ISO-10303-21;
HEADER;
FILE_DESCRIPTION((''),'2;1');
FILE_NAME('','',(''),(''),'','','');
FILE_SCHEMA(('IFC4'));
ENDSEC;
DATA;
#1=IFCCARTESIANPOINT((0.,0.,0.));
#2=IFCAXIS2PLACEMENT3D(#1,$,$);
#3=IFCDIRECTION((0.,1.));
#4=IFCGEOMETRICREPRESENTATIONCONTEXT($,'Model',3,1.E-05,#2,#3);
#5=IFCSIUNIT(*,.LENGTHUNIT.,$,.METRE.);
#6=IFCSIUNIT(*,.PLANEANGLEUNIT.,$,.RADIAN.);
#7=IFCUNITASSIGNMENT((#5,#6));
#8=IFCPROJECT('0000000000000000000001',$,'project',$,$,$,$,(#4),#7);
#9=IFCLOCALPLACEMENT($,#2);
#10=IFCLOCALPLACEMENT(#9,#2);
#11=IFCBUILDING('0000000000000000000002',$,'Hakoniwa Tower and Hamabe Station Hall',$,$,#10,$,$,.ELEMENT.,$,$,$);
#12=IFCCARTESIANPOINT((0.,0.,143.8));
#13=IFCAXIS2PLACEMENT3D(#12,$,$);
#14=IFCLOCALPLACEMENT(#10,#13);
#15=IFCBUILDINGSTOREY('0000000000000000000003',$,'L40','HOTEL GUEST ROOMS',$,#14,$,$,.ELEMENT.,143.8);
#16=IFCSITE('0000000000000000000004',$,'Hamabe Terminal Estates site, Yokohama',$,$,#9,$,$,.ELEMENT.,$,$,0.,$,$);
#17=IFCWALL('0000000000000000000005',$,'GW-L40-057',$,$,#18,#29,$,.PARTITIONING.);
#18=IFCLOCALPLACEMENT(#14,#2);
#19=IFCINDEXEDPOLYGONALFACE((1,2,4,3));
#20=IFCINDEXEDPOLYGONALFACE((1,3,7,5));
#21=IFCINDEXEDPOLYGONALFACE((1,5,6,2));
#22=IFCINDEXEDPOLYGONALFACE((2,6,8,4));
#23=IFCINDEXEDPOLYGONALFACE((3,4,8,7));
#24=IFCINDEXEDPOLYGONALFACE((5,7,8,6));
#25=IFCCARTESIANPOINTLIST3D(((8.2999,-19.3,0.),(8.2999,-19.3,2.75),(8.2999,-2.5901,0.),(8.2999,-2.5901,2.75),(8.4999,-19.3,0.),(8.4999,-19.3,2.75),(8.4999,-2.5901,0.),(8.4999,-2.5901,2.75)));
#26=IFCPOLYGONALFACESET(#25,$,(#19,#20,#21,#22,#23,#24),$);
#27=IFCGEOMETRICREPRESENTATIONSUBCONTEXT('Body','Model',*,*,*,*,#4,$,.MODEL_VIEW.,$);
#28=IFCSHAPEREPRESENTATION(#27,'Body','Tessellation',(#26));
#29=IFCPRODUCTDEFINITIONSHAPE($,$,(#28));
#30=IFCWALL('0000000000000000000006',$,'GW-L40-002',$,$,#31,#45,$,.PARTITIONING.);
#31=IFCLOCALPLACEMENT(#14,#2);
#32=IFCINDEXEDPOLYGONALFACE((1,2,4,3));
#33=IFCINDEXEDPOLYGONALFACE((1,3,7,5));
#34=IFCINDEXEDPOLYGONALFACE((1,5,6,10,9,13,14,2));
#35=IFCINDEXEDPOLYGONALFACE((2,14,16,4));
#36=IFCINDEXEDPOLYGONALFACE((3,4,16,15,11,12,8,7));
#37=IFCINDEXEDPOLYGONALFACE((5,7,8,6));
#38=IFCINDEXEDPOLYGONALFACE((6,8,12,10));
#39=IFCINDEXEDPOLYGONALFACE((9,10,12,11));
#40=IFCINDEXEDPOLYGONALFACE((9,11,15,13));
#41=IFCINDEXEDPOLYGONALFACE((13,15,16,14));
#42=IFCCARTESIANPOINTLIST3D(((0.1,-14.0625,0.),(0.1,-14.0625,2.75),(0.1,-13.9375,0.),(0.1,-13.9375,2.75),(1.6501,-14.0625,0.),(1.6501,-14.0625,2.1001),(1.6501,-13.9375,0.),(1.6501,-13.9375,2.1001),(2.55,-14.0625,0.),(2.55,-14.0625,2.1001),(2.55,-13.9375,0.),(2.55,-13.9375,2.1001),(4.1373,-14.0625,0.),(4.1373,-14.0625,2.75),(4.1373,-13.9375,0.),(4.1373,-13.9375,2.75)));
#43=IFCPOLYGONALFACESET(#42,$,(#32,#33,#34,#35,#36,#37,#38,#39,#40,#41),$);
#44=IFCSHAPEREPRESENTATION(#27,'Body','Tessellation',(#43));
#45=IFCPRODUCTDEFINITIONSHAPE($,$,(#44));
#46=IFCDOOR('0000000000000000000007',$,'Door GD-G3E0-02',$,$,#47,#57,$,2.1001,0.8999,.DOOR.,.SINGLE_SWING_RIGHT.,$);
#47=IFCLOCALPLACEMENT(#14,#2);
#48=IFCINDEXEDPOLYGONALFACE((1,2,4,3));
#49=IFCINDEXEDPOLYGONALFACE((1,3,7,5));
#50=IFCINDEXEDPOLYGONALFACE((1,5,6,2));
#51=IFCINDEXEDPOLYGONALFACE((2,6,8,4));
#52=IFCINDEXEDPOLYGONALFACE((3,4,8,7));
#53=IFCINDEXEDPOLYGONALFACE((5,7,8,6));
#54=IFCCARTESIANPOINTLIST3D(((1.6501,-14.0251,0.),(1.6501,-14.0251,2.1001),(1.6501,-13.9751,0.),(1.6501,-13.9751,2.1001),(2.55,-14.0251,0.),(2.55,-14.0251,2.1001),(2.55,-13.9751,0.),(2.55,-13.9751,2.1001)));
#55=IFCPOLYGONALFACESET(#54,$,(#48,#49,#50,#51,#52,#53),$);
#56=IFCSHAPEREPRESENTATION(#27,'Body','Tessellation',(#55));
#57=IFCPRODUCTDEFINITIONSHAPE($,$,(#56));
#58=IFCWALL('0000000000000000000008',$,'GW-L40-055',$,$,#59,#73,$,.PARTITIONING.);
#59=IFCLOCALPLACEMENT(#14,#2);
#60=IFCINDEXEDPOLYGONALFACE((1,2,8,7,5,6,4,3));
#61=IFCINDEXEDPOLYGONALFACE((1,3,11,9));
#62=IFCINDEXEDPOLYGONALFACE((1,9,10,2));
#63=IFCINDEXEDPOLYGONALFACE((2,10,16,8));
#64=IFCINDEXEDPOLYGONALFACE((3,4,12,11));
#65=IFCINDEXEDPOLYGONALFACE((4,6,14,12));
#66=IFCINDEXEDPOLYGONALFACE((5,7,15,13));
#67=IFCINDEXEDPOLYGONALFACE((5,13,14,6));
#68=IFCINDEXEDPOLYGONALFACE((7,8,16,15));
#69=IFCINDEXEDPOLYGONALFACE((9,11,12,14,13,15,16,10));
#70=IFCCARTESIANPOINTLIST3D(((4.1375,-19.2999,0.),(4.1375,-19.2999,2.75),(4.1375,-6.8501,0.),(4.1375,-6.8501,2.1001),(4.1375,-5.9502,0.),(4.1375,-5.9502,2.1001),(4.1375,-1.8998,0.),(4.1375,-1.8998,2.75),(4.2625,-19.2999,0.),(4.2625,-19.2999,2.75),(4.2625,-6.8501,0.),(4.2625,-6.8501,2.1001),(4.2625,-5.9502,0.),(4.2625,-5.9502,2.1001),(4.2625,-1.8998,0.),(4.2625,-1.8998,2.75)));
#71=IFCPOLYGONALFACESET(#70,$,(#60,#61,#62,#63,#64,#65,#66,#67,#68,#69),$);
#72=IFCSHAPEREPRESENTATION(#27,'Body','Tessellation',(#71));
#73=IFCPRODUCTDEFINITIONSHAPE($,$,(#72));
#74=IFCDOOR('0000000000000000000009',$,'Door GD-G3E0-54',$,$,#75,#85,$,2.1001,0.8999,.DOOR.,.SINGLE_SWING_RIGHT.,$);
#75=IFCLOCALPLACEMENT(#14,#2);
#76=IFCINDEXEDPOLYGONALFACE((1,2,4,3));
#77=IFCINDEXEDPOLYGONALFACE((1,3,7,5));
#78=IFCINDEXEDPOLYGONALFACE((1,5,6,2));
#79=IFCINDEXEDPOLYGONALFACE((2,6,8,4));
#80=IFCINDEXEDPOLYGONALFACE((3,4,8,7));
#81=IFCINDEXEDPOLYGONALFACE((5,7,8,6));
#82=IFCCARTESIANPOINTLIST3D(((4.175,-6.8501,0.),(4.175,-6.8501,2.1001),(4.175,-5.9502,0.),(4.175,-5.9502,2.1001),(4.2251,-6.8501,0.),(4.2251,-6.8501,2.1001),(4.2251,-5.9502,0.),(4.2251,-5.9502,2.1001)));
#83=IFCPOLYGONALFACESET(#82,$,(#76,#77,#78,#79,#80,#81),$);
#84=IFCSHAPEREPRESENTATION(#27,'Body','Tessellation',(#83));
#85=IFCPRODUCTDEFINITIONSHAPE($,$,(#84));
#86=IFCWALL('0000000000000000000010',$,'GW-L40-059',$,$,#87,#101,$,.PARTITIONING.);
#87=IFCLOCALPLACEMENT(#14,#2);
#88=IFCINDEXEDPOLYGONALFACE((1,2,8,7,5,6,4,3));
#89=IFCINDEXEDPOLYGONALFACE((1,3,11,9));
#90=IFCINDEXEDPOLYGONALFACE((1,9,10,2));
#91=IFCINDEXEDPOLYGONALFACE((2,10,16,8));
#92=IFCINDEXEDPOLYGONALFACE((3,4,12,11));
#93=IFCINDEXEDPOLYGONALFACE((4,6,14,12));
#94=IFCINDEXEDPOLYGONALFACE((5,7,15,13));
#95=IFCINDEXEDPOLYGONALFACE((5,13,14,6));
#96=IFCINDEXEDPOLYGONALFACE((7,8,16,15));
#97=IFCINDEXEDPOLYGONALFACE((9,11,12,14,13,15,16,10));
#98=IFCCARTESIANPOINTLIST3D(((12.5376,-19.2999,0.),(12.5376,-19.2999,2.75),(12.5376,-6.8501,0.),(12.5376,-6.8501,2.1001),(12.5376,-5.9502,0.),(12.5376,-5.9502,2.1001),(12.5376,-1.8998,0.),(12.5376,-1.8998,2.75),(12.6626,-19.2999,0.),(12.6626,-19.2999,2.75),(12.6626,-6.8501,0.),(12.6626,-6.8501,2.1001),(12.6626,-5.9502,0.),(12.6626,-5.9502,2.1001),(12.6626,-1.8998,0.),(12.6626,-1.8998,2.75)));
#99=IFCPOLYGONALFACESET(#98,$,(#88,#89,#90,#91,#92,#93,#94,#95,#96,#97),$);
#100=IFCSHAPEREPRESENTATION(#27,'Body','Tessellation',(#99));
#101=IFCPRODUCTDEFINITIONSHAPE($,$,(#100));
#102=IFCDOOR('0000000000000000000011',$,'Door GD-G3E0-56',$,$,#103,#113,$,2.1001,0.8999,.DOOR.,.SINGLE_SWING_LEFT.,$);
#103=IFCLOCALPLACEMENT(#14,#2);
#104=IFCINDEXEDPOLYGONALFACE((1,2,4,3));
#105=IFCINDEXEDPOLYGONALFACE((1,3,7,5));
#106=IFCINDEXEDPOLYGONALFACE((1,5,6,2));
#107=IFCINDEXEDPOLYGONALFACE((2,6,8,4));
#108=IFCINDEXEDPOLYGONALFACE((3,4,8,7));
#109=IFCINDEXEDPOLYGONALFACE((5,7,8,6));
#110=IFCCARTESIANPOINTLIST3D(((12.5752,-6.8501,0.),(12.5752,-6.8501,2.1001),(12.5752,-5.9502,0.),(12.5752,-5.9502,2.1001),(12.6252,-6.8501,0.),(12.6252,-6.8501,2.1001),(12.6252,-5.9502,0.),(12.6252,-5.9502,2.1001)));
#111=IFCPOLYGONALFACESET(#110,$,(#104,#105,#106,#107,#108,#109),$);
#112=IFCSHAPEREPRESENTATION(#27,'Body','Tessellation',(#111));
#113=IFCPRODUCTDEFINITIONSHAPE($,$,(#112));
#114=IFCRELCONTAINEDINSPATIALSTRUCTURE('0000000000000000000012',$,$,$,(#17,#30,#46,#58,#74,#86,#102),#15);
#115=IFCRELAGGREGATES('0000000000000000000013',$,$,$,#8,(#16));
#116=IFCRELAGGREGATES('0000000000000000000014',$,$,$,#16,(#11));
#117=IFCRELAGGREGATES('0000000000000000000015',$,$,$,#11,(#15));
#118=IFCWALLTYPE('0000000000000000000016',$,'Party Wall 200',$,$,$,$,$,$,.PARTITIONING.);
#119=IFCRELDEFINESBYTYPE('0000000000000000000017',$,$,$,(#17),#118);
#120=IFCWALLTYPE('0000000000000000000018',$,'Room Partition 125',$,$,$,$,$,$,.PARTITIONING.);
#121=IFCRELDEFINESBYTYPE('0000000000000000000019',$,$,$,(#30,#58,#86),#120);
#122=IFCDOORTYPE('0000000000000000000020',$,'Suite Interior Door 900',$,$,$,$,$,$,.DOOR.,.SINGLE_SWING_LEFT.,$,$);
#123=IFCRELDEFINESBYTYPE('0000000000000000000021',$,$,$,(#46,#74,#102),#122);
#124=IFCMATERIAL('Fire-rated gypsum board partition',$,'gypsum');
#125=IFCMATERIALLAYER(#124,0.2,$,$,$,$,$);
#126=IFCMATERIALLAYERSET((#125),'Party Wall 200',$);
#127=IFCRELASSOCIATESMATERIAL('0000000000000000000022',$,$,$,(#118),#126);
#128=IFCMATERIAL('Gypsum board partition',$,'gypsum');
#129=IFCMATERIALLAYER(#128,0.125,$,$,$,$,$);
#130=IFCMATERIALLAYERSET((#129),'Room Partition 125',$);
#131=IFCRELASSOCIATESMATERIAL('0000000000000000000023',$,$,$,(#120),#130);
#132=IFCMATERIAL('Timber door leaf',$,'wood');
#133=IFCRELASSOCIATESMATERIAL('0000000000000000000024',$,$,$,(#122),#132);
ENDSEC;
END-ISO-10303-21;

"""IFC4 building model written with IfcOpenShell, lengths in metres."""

from ifc_helpers import new_model, si_unit, direction, frame, frame_2d, origin, place, context, subcontext, project, spatial, rectangle, extrude, material, layer, layer_set, type_object, element, fill, save


model = new_model("IFC4")

# Units and contexts
model_context = context("Model", 3, precision=1e-05, world=origin(), true_north=direction((0.0, 1.0)))
body_context = subcontext(model_context, "Body", "Model", "MODEL_VIEW")
ifc_project = project(units=[si_unit("LENGTHUNIT", "METRE"), si_unit("PLANEANGLEUNIT", "RADIAN")], contexts=[model_context])

# Site, building, storey
site_placement = place(None, origin())
site = spatial("IfcSite", under=ifc_project, at=site_placement, Name="Hamabe Terminal Estates site, Yokohama", CompositionType="ELEMENT", RefElevation=0.0)
building_placement = place(site_placement, origin())
building = spatial("IfcBuilding", under=site, at=building_placement, Name="Hakoniwa Tower and Hamabe Station Hall", CompositionType="ELEMENT")
storey_placement = place(building_placement, frame((0.0, 0.0, 143.8)))
storey = spatial("IfcBuildingStorey", under=building, at=storey_placement, Name="L40", Description="HOTEL GUEST ROOMS", CompositionType="ELEMENT", Elevation=143.8)

# Wall
ifc_material_1 = material(Name="Fire-rated gypsum board partition", Category="gypsum")
ifc_layer_1 = layer(ifc_material_1, 0.2)
ifc_layer_set_1 = layer_set([ifc_layer_1], Name="Party Wall 200")
wall_type_1 = type_object("IfcWallType", Name="Party Wall 200", PredefinedType="PARTITIONING", material=ifc_layer_set_1)
for number, where, z_axis, x_axis, name in (
    (1, (8.3999, -19.3, 0.0), (0.0, 0.0, 1.0), (0.0, 1.0, 0.0), "GW-L40-057"),
):
    element("IfcWall", number, at=place(storey_placement, frame(where, z_axis=z_axis, x_axis=x_axis)), inside=storey, type_object=wall_type_1, Name=name, PredefinedType="PARTITIONING", context=body_context, shape_type="SweptSolid", body=[
        extrude(rectangle(XDim=16.71, YDim=0.2, at=frame_2d((8.355, 0.0))), origin(), (0.0, 0.0, 1.0), 2.75),
    ])

# Walls, openings, doors
ifc_material_2 = material(Name="Gypsum board partition", Category="gypsum")
ifc_layer_2 = layer(ifc_material_2, 0.125)
ifc_layer_set_2 = layer_set([ifc_layer_2], Name="Room Partition 125")
wall_type_2 = type_object("IfcWallType", Name="Room Partition 125", PredefinedType="PARTITIONING", material=ifc_layer_set_2)
wall_1_placement = place(storey_placement, frame((0.1001, -14.0, 0.0), z_axis=(0.0, 0.0, 1.0), x_axis=(1.0, 0.0, 0.0)))
wall_1 = element("IfcWall", 2, at=wall_1_placement, inside=storey, type_object=wall_type_2, Name="GW-L40-002", PredefinedType="PARTITIONING", context=body_context, shape_type="SweptSolid", body=[
    extrude(rectangle(XDim=4.0374, YDim=0.125, at=frame_2d((2.0186, 0.0))), origin(), (0.0, 0.0, 1.0), 2.75),
])
opening_1_placement = place(wall_1_placement, frame((1.55, 0.0, 0.0)))
opening_1 = element("IfcOpeningElement", 3, at=opening_1_placement, cuts=wall_1, PredefinedType="OPENING", context=body_context, shape_type="SweptSolid", body=[
    extrude(rectangle(XDim=0.8999, YDim=2.1001, at=frame_2d((0.45, 1.05))), frame((0.0, 0.0725, 0.0), z_axis=(0.0, -1.0, 0.0), x_axis=(1.0, 0.0, 0.0)), (0.0, 0.0, 1.0), 0.145),
])
ifc_material_3 = material(Name="Timber door leaf", Category="wood")
door_type_1 = type_object("IfcDoorType", Name="Suite Interior Door 900", OperationType="SINGLE_SWING_LEFT", PredefinedType="DOOR", material=ifc_material_3)
door_1_placement = place(opening_1_placement, origin())
door_1 = element("IfcDoor", 4, at=door_1_placement, inside=storey, type_object=door_type_1, Name="Door GD-G3E0-02", OperationType="SINGLE_SWING_RIGHT", OverallHeight=2.1001, OverallWidth=0.8999, PredefinedType="DOOR", context=body_context, shape_type="SweptSolid", body=[
    extrude(rectangle(XDim=0.8999, YDim=2.1001, at=frame_2d((0.45, 1.05))), frame((0.0, 0.0249, 0.0), z_axis=(0.0, -1.0, 0.0), x_axis=(1.0, 0.0, 0.0)), (0.0, 0.0, 1.0), 0.05),
])
fill(opening_1, door_1)
wall_2_placement = place(storey_placement, frame((4.2, -19.3, 0.0), z_axis=(0.0, 0.0, 1.0), x_axis=(0.0, 1.0, 0.0)))
wall_2 = element("IfcWall", 5, at=wall_2_placement, inside=storey, type_object=wall_type_2, Name="GW-L40-055", PredefinedType="PARTITIONING", context=body_context, shape_type="SweptSolid", body=[
    extrude(rectangle(XDim=17.4001, YDim=0.125, at=frame_2d((8.7002, 0.0))), origin(), (0.0, 0.0, 1.0), 2.75),
])
opening_2_placement = place(wall_2_placement, frame((12.45, 0.0, 0.0)))
opening_2 = element("IfcOpeningElement", 6, at=opening_2_placement, cuts=wall_2, PredefinedType="OPENING", context=body_context, shape_type="SweptSolid", body=[
    extrude(rectangle(XDim=0.8999, YDim=2.1001, at=frame_2d((0.45, 1.05))), frame((0.0, 0.0725, 0.0), z_axis=(0.0, -1.0, 0.0), x_axis=(1.0, 0.0, 0.0)), (0.0, 0.0, 1.0), 0.145),
])
door_2_placement = place(opening_2_placement, origin())
door_2 = element("IfcDoor", 7, at=door_2_placement, inside=storey, type_object=door_type_1, Name="Door GD-G3E0-54", OperationType="SINGLE_SWING_RIGHT", OverallHeight=2.1001, OverallWidth=0.8999, PredefinedType="DOOR", context=body_context, shape_type="SweptSolid", body=[
    extrude(rectangle(XDim=0.8999, YDim=2.1001, at=frame_2d((0.45, 1.05))), frame((0.0, 0.0249, 0.0), z_axis=(0.0, -1.0, 0.0), x_axis=(1.0, 0.0, 0.0)), (0.0, 0.0, 1.0), 0.05),
])
fill(opening_2, door_2)
wall_3_placement = place(storey_placement, frame((12.6001, -19.3, 0.0), z_axis=(0.0, 0.0, 1.0), x_axis=(0.0, 1.0, 0.0)))
wall_3 = element("IfcWall", 8, at=wall_3_placement, inside=storey, type_object=wall_type_2, Name="GW-L40-059", PredefinedType="PARTITIONING", context=body_context, shape_type="SweptSolid", body=[
    extrude(rectangle(XDim=17.4001, YDim=0.125, at=frame_2d((8.7002, 0.0))), origin(), (0.0, 0.0, 1.0), 2.75),
])
opening_3_placement = place(wall_3_placement, frame((12.45, 0.0, 0.0)))
opening_3 = element("IfcOpeningElement", 9, at=opening_3_placement, cuts=wall_3, PredefinedType="OPENING", context=body_context, shape_type="SweptSolid", body=[
    extrude(rectangle(XDim=0.8999, YDim=2.1001, at=frame_2d((0.45, 1.05))), frame((0.0, 0.0725, 0.0), z_axis=(0.0, -1.0, 0.0), x_axis=(1.0, 0.0, 0.0)), (0.0, 0.0, 1.0), 0.145),
])
door_3_placement = place(opening_3_placement, origin())
door_3 = element("IfcDoor", 10, at=door_3_placement, inside=storey, type_object=door_type_1, Name="Door GD-G3E0-56", OperationType="SINGLE_SWING_LEFT", OverallHeight=2.1001, OverallWidth=0.8999, PredefinedType="DOOR", context=body_context, shape_type="SweptSolid", body=[
    extrude(rectangle(XDim=0.8999, YDim=2.1001, at=frame_2d((0.45, 1.05))), frame((0.0, 0.0249, 0.0), z_axis=(0.0, -1.0, 0.0), x_axis=(1.0, 0.0, 0.0)), (0.0, 0.0, 1.0), 0.05),
])
fill(opening_3, door_3)

save(model, "model.ifc")
